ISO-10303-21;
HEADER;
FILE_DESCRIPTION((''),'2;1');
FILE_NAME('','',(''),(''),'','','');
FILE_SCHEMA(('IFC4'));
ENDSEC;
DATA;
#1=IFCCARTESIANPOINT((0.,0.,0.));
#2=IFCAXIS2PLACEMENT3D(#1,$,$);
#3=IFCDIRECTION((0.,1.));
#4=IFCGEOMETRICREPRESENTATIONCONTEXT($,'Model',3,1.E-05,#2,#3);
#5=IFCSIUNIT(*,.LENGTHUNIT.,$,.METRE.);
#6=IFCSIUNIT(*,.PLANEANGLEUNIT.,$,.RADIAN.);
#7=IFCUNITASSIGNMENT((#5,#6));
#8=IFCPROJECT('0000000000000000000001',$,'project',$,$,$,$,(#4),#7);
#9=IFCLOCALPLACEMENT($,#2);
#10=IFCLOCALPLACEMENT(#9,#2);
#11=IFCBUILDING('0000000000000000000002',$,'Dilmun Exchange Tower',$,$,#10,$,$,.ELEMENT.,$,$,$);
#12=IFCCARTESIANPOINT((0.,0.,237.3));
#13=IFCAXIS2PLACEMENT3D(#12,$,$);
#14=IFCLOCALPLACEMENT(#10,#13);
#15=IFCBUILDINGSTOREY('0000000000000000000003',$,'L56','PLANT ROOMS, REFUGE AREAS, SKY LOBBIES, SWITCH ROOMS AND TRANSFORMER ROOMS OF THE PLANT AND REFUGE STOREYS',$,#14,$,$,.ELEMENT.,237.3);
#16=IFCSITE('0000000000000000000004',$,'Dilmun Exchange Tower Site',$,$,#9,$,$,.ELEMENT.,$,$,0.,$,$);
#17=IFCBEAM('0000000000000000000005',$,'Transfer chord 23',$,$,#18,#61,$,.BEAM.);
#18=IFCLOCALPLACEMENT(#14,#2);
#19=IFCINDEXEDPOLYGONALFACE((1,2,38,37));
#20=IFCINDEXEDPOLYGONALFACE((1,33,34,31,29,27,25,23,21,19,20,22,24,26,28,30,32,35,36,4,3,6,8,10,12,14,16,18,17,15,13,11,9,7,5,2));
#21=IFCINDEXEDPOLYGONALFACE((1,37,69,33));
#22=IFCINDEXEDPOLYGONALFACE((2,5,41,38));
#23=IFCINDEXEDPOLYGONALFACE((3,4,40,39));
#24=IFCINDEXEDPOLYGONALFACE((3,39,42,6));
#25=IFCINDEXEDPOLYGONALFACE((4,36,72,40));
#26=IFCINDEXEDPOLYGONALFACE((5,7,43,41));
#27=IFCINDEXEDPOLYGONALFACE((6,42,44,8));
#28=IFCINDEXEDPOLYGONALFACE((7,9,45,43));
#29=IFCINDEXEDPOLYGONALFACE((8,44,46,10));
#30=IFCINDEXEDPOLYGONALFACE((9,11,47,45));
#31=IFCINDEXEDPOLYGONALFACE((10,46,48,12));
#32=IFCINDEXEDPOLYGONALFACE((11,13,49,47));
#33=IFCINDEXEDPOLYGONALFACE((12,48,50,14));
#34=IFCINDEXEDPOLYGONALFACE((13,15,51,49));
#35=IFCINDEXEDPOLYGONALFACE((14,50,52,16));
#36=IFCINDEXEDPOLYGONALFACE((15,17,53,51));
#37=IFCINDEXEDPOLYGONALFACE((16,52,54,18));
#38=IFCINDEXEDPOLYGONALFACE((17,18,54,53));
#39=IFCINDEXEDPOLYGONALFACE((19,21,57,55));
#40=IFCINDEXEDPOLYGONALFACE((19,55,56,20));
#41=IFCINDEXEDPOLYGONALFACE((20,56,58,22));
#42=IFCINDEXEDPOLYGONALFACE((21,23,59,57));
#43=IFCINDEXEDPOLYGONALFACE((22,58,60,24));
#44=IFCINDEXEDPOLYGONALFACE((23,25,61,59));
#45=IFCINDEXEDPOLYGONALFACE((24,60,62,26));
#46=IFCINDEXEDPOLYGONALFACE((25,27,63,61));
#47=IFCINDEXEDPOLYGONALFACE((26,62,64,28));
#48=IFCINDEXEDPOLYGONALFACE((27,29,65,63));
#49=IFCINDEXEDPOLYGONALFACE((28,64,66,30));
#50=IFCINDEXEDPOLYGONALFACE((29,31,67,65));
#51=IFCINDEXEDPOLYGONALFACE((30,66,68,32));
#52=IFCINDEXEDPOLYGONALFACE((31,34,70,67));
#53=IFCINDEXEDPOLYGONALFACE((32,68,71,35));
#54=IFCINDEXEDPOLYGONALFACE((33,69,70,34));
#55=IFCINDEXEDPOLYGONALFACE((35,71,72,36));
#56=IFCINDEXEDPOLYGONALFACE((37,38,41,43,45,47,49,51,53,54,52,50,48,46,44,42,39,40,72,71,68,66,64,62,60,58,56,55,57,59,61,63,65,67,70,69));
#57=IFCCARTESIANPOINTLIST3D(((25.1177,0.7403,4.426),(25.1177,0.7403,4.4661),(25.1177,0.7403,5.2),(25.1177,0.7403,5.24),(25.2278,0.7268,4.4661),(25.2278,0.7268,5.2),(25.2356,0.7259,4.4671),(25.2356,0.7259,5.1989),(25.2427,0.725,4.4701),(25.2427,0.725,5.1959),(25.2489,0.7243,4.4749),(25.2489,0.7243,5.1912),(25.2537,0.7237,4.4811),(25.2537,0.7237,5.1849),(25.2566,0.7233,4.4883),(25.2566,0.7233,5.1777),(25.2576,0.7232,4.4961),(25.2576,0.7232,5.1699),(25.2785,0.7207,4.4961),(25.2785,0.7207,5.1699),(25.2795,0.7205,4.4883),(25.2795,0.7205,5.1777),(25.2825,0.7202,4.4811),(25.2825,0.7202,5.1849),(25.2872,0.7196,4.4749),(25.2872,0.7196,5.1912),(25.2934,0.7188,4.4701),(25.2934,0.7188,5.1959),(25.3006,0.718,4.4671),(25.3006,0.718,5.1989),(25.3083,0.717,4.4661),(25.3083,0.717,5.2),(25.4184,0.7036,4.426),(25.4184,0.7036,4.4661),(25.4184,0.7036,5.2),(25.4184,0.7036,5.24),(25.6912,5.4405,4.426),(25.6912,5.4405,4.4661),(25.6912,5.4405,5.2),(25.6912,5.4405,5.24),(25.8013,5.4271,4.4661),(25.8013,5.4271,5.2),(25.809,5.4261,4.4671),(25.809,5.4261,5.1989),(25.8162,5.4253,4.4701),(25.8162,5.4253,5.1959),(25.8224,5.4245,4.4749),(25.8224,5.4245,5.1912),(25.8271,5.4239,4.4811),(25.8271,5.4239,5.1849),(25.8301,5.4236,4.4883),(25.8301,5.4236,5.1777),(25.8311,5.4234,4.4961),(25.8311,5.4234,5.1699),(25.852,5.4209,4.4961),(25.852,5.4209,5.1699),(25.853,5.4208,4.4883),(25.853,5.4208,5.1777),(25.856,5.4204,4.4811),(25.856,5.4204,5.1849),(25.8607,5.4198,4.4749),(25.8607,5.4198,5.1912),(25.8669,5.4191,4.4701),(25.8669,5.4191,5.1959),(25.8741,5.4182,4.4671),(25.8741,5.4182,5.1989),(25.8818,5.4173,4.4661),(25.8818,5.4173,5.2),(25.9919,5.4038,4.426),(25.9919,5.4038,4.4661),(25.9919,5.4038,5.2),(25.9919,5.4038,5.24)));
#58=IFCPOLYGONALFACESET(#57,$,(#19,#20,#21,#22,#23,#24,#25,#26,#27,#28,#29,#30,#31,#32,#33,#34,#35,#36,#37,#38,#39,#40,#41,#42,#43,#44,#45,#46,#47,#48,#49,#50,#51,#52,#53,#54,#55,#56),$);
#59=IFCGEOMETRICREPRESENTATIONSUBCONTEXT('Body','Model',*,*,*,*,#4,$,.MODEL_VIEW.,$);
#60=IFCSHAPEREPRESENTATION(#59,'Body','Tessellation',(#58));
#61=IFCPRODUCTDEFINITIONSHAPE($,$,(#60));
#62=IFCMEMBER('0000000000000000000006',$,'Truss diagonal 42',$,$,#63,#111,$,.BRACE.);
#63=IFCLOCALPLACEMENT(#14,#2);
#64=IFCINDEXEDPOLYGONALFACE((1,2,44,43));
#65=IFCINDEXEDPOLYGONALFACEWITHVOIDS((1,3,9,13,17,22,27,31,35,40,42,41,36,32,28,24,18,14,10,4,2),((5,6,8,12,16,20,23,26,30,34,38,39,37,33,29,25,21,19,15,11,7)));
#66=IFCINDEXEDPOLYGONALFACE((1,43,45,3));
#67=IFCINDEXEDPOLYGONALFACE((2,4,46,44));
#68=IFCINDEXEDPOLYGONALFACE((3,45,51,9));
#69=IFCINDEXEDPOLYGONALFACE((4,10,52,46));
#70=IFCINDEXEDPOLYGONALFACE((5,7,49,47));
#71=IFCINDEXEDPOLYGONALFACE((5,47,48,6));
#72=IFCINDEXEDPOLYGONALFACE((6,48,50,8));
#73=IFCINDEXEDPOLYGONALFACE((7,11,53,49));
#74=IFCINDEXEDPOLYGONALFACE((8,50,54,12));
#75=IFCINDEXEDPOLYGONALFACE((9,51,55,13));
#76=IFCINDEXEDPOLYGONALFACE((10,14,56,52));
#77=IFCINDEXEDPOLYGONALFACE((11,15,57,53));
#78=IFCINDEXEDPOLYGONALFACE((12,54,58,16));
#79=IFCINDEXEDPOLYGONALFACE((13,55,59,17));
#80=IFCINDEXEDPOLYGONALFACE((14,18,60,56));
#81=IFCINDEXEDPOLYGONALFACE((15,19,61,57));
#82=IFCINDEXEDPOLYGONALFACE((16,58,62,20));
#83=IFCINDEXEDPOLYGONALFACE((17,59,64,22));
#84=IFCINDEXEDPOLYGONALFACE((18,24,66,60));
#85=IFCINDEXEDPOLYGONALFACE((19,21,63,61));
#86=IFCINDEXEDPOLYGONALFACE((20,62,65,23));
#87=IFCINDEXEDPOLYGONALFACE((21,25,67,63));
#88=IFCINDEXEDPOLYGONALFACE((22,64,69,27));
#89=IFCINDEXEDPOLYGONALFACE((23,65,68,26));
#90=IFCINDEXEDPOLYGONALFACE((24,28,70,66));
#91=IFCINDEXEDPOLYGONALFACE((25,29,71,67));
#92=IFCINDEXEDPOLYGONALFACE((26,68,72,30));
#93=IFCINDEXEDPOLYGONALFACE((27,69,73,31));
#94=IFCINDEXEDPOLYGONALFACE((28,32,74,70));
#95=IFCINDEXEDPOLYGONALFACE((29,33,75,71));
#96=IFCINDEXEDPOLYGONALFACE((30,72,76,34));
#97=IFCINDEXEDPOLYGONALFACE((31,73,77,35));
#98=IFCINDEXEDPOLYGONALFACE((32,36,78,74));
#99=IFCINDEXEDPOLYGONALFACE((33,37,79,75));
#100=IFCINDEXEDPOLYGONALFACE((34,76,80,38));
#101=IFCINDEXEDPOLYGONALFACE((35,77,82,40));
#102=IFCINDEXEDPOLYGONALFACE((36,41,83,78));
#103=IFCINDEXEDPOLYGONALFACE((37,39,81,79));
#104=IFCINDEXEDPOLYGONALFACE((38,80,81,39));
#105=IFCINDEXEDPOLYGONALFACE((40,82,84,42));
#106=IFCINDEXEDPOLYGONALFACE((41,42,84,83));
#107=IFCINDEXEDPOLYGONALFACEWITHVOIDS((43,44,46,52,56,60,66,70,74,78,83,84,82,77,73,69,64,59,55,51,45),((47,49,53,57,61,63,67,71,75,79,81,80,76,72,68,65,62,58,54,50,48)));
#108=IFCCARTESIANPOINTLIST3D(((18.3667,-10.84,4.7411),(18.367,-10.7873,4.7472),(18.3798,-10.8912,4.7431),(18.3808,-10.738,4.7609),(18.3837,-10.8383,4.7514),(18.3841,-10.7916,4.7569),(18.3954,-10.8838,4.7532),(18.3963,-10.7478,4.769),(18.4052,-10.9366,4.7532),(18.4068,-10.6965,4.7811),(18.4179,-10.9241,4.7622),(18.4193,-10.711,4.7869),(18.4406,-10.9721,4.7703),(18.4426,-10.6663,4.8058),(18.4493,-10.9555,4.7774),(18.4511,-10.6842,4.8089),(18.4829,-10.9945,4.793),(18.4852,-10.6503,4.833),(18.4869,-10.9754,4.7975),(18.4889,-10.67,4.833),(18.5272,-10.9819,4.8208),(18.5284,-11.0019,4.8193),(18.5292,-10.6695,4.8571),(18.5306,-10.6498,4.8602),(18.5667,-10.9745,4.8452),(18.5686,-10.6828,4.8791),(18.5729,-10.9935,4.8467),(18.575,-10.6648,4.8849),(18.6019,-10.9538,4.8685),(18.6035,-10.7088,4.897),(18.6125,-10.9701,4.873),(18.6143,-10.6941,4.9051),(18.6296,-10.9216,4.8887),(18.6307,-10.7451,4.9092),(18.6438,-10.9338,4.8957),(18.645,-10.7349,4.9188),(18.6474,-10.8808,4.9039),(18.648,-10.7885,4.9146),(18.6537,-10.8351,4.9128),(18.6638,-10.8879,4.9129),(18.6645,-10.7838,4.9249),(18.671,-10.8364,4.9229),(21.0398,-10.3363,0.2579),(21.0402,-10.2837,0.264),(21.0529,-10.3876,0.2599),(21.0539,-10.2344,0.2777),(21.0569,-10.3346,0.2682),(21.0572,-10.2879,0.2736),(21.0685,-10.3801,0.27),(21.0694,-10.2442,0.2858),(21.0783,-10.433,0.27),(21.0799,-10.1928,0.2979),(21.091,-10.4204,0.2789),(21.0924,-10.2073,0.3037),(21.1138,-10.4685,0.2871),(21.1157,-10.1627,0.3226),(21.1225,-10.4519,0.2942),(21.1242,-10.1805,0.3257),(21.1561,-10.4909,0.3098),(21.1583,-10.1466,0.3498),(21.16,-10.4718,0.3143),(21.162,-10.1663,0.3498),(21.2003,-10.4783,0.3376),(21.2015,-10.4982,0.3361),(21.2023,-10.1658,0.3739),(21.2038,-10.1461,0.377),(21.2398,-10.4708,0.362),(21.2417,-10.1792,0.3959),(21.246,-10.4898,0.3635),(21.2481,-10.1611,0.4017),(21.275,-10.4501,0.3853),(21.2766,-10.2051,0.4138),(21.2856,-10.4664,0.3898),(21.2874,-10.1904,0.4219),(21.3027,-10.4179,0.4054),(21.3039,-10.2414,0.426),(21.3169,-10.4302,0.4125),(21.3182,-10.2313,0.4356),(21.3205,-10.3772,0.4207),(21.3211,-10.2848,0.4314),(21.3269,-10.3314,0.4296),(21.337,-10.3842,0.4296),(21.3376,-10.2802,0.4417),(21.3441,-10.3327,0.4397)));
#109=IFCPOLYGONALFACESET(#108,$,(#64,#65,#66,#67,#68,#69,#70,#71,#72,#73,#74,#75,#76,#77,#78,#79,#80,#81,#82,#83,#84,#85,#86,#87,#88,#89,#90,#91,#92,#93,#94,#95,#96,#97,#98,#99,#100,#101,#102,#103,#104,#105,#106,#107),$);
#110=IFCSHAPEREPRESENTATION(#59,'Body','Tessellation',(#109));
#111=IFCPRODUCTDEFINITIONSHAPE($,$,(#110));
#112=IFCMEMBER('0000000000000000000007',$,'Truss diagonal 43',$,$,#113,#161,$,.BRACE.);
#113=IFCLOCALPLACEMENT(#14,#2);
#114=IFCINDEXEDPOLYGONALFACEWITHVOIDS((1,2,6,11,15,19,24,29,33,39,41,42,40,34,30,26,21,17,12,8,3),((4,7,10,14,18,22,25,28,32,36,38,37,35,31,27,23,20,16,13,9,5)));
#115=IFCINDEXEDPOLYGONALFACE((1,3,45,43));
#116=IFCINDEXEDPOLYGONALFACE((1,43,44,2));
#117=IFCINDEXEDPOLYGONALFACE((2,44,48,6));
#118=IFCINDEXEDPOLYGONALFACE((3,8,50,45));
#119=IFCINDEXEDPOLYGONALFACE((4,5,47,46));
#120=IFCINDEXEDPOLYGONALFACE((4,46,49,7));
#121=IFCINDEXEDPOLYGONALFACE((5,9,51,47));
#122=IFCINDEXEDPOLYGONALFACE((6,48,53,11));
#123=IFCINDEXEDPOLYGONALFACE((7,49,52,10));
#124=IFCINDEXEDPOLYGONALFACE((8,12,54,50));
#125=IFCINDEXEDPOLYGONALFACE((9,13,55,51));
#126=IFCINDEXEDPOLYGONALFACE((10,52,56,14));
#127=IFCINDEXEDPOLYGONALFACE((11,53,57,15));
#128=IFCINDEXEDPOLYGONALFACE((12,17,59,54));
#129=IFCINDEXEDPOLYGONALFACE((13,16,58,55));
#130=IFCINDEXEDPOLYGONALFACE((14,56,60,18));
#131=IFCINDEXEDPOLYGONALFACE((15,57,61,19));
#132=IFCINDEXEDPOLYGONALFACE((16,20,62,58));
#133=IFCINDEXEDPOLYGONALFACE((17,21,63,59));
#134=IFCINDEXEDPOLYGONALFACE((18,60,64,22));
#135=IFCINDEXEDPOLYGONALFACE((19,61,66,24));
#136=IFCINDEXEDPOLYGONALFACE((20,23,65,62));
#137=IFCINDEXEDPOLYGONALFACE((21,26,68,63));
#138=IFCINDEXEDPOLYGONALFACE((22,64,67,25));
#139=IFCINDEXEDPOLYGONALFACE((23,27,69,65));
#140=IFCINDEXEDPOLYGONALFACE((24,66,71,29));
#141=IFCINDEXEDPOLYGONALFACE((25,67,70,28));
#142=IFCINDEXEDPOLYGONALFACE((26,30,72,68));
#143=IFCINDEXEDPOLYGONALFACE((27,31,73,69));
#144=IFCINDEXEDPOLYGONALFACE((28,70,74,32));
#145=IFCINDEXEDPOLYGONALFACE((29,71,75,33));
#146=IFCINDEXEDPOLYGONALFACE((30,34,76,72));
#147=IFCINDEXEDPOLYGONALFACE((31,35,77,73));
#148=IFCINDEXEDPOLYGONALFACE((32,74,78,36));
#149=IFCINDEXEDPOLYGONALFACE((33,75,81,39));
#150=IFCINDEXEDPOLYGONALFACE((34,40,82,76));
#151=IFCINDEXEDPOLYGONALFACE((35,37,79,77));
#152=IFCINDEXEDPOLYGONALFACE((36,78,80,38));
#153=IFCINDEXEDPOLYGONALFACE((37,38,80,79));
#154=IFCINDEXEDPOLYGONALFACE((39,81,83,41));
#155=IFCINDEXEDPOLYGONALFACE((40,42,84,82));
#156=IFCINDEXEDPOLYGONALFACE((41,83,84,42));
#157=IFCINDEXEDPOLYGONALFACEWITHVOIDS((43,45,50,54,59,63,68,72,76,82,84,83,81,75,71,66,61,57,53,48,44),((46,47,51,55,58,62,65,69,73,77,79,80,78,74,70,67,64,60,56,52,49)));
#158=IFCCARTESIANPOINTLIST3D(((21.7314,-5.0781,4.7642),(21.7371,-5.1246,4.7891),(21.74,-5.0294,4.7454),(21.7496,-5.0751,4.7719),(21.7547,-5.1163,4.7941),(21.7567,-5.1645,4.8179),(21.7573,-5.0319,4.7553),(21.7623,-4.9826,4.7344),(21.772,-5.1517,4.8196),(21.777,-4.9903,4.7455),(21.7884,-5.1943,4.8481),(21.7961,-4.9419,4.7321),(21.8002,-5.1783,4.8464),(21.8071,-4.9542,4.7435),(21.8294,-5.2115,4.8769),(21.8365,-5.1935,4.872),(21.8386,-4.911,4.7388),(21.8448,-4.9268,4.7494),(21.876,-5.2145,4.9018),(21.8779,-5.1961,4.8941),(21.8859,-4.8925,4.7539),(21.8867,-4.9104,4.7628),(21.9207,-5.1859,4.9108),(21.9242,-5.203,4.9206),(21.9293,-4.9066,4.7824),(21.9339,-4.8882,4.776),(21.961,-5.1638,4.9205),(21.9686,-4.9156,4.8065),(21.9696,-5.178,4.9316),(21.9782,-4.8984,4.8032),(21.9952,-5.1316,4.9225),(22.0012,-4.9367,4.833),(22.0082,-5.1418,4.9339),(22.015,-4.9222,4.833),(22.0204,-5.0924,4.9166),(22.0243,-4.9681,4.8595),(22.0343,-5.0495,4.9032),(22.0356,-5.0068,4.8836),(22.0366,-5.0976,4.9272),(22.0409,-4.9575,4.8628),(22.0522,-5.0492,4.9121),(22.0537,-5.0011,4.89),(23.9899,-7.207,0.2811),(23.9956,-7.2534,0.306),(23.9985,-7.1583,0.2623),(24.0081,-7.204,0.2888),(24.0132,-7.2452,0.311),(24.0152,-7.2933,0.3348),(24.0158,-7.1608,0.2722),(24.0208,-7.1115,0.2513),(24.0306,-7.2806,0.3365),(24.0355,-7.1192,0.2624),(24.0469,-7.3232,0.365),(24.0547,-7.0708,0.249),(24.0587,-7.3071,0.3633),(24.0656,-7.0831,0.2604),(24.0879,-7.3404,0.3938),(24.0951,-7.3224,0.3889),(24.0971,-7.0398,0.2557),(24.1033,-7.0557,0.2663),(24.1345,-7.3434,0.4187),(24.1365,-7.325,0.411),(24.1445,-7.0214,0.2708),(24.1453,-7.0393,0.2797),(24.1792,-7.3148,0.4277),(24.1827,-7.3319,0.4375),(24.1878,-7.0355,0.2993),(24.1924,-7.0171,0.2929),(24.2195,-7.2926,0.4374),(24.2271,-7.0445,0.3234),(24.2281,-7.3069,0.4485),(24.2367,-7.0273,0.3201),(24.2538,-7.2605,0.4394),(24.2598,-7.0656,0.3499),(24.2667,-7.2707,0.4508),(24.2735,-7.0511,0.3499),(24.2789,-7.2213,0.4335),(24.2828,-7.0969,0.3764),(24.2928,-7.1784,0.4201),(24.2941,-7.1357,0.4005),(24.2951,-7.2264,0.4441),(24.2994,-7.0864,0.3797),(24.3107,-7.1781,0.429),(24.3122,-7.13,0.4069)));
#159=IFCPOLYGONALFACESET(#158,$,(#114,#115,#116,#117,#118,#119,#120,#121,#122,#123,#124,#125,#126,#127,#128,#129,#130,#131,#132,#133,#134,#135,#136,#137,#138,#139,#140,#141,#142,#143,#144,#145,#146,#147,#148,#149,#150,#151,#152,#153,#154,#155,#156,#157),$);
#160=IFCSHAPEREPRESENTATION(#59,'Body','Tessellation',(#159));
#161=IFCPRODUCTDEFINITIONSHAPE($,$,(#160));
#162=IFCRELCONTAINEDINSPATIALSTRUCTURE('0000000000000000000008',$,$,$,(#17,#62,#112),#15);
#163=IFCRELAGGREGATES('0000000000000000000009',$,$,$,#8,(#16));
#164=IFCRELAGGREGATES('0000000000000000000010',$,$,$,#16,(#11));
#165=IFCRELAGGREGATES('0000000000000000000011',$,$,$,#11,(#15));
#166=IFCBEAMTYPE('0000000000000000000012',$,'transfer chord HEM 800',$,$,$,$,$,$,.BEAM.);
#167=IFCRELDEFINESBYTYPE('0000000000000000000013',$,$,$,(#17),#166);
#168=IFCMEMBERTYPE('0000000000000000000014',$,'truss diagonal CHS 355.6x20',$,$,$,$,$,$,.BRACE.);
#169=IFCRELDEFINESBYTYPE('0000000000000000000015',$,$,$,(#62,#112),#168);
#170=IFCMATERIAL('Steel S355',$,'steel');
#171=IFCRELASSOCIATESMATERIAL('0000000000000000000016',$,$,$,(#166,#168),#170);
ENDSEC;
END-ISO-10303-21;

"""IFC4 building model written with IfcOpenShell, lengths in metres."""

from ifc_helpers import new_model, si_unit, direction, frame, origin, origin_2d, place, context, subcontext, project, spatial, hollow_circle, i_section, extrude, material, material_profile, profile_set, type_object, element, save


model = new_model("IFC4")

# Units and contexts
model_context = context("Model", 3, precision=1e-05, world=origin(), true_north=direction((0.0, 1.0)))
body_context = subcontext(model_context, "Body", "Model", "MODEL_VIEW")
ifc_project = project(units=[si_unit("LENGTHUNIT", "METRE"), si_unit("PLANEANGLEUNIT", "RADIAN")], contexts=[model_context])

# Site, building, storey
site_placement = place(None, origin())
site = spatial("IfcSite", under=ifc_project, at=site_placement, Name="Dilmun Exchange Tower Site", CompositionType="ELEMENT", RefElevation=0.0)
building_placement = place(site_placement, origin())
building = spatial("IfcBuilding", under=site, at=building_placement, Name="Dilmun Exchange Tower", CompositionType="ELEMENT")
storey_placement = place(building_placement, frame((0.0, 0.0, 237.3)))
storey = spatial("IfcBuildingStorey", under=building, at=storey_placement, Name="L56", Description="PLANT ROOMS, REFUGE AREAS, SKY LOBBIES, SWITCH ROOMS AND TRANSFORMER ROOMS OF THE PLANT AND REFUGE STOREYS", CompositionType="ELEMENT", Elevation=237.3)

# Beam
ifc_material_1 = material(Name="Steel S355", Category="steel")
ifc_material_profile_1 = material_profile(ifc_material_1, i_section(OverallWidth=0.303, OverallDepth=0.814, WebThickness=0.021, FlangeThickness=0.04, FilletRadius=0.03, at=origin_2d()), Name="HEM 800")
ifc_profile_set_1 = profile_set([ifc_material_profile_1], Name="Steel S355")
beam_type_1 = type_object("IfcBeamType", Name="transfer chord HEM 800", PredefinedType="BEAM", material=ifc_profile_set_1)
beam_1_placement = place(storey_placement, frame((25.2681, 0.7219, 4.833), z_axis=(0.121115, 0.992638, 0.0), x_axis=(-0.992638, 0.121115, 0.0)))
element("IfcBeam", 1, at=beam_1_placement, inside=storey, type_object=beam_type_1, Name="Transfer chord 23", PredefinedType="BEAM", context=body_context, shape_type="SweptSolid", body=[
    extrude(i_section(OverallWidth=0.303, OverallDepth=0.814, WebThickness=0.021, FlangeThickness=0.04, FilletRadius=0.03, at=origin_2d()), origin(), (0.0, 0.0, 1.0), 4.7351),
])

# Members
ifc_material_profile_2 = material_profile(ifc_material_1, hollow_circle(Radius=0.1777, WallThickness=0.02, at=origin_2d()), Name="CHS 355.6x20")
ifc_profile_set_2 = profile_set([ifc_material_profile_2], Name="Steel S355")
member_type_1 = type_object("IfcMemberType", Name="truss diagonal CHS 355.6x20", PredefinedType="BRACE", material=ifc_profile_set_2)
member_1_placement = place(storey_placement, frame((18.5181, -10.825, 4.833), z_axis=(0.50976, 0.096048, -0.854938), x_axis=(-0.185161, 0.982708, 0.0)))
element("IfcMember", 2, at=member_1_placement, inside=storey, type_object=member_type_1, Name="Truss diagonal 42", PredefinedType="BRACE", context=body_context, shape_type="SweptSolid", body=[
    extrude(hollow_circle(Radius=0.1777, WallThickness=0.02, at=origin_2d()), origin(), (0.0, 0.0, 1.0), 5.2439),
])
member_2_placement = place(storey_placement, frame((21.8931, -5.0515, 4.833), z_axis=(0.414207, -0.390432, -0.82219), x_axis=(0.685914, 0.727683, 0.0)))
element("IfcMember", 3, at=member_2_placement, inside=storey, type_object=member_type_1, Name="Truss diagonal 43", PredefinedType="BRACE", context=body_context, shape_type="SweptSolid", body=[
    extrude(hollow_circle(Radius=0.1777, WallThickness=0.02, at=origin_2d()), origin(), (0.0, 0.0, 1.0), 5.4526),
])

save(model, "model.ifc")
